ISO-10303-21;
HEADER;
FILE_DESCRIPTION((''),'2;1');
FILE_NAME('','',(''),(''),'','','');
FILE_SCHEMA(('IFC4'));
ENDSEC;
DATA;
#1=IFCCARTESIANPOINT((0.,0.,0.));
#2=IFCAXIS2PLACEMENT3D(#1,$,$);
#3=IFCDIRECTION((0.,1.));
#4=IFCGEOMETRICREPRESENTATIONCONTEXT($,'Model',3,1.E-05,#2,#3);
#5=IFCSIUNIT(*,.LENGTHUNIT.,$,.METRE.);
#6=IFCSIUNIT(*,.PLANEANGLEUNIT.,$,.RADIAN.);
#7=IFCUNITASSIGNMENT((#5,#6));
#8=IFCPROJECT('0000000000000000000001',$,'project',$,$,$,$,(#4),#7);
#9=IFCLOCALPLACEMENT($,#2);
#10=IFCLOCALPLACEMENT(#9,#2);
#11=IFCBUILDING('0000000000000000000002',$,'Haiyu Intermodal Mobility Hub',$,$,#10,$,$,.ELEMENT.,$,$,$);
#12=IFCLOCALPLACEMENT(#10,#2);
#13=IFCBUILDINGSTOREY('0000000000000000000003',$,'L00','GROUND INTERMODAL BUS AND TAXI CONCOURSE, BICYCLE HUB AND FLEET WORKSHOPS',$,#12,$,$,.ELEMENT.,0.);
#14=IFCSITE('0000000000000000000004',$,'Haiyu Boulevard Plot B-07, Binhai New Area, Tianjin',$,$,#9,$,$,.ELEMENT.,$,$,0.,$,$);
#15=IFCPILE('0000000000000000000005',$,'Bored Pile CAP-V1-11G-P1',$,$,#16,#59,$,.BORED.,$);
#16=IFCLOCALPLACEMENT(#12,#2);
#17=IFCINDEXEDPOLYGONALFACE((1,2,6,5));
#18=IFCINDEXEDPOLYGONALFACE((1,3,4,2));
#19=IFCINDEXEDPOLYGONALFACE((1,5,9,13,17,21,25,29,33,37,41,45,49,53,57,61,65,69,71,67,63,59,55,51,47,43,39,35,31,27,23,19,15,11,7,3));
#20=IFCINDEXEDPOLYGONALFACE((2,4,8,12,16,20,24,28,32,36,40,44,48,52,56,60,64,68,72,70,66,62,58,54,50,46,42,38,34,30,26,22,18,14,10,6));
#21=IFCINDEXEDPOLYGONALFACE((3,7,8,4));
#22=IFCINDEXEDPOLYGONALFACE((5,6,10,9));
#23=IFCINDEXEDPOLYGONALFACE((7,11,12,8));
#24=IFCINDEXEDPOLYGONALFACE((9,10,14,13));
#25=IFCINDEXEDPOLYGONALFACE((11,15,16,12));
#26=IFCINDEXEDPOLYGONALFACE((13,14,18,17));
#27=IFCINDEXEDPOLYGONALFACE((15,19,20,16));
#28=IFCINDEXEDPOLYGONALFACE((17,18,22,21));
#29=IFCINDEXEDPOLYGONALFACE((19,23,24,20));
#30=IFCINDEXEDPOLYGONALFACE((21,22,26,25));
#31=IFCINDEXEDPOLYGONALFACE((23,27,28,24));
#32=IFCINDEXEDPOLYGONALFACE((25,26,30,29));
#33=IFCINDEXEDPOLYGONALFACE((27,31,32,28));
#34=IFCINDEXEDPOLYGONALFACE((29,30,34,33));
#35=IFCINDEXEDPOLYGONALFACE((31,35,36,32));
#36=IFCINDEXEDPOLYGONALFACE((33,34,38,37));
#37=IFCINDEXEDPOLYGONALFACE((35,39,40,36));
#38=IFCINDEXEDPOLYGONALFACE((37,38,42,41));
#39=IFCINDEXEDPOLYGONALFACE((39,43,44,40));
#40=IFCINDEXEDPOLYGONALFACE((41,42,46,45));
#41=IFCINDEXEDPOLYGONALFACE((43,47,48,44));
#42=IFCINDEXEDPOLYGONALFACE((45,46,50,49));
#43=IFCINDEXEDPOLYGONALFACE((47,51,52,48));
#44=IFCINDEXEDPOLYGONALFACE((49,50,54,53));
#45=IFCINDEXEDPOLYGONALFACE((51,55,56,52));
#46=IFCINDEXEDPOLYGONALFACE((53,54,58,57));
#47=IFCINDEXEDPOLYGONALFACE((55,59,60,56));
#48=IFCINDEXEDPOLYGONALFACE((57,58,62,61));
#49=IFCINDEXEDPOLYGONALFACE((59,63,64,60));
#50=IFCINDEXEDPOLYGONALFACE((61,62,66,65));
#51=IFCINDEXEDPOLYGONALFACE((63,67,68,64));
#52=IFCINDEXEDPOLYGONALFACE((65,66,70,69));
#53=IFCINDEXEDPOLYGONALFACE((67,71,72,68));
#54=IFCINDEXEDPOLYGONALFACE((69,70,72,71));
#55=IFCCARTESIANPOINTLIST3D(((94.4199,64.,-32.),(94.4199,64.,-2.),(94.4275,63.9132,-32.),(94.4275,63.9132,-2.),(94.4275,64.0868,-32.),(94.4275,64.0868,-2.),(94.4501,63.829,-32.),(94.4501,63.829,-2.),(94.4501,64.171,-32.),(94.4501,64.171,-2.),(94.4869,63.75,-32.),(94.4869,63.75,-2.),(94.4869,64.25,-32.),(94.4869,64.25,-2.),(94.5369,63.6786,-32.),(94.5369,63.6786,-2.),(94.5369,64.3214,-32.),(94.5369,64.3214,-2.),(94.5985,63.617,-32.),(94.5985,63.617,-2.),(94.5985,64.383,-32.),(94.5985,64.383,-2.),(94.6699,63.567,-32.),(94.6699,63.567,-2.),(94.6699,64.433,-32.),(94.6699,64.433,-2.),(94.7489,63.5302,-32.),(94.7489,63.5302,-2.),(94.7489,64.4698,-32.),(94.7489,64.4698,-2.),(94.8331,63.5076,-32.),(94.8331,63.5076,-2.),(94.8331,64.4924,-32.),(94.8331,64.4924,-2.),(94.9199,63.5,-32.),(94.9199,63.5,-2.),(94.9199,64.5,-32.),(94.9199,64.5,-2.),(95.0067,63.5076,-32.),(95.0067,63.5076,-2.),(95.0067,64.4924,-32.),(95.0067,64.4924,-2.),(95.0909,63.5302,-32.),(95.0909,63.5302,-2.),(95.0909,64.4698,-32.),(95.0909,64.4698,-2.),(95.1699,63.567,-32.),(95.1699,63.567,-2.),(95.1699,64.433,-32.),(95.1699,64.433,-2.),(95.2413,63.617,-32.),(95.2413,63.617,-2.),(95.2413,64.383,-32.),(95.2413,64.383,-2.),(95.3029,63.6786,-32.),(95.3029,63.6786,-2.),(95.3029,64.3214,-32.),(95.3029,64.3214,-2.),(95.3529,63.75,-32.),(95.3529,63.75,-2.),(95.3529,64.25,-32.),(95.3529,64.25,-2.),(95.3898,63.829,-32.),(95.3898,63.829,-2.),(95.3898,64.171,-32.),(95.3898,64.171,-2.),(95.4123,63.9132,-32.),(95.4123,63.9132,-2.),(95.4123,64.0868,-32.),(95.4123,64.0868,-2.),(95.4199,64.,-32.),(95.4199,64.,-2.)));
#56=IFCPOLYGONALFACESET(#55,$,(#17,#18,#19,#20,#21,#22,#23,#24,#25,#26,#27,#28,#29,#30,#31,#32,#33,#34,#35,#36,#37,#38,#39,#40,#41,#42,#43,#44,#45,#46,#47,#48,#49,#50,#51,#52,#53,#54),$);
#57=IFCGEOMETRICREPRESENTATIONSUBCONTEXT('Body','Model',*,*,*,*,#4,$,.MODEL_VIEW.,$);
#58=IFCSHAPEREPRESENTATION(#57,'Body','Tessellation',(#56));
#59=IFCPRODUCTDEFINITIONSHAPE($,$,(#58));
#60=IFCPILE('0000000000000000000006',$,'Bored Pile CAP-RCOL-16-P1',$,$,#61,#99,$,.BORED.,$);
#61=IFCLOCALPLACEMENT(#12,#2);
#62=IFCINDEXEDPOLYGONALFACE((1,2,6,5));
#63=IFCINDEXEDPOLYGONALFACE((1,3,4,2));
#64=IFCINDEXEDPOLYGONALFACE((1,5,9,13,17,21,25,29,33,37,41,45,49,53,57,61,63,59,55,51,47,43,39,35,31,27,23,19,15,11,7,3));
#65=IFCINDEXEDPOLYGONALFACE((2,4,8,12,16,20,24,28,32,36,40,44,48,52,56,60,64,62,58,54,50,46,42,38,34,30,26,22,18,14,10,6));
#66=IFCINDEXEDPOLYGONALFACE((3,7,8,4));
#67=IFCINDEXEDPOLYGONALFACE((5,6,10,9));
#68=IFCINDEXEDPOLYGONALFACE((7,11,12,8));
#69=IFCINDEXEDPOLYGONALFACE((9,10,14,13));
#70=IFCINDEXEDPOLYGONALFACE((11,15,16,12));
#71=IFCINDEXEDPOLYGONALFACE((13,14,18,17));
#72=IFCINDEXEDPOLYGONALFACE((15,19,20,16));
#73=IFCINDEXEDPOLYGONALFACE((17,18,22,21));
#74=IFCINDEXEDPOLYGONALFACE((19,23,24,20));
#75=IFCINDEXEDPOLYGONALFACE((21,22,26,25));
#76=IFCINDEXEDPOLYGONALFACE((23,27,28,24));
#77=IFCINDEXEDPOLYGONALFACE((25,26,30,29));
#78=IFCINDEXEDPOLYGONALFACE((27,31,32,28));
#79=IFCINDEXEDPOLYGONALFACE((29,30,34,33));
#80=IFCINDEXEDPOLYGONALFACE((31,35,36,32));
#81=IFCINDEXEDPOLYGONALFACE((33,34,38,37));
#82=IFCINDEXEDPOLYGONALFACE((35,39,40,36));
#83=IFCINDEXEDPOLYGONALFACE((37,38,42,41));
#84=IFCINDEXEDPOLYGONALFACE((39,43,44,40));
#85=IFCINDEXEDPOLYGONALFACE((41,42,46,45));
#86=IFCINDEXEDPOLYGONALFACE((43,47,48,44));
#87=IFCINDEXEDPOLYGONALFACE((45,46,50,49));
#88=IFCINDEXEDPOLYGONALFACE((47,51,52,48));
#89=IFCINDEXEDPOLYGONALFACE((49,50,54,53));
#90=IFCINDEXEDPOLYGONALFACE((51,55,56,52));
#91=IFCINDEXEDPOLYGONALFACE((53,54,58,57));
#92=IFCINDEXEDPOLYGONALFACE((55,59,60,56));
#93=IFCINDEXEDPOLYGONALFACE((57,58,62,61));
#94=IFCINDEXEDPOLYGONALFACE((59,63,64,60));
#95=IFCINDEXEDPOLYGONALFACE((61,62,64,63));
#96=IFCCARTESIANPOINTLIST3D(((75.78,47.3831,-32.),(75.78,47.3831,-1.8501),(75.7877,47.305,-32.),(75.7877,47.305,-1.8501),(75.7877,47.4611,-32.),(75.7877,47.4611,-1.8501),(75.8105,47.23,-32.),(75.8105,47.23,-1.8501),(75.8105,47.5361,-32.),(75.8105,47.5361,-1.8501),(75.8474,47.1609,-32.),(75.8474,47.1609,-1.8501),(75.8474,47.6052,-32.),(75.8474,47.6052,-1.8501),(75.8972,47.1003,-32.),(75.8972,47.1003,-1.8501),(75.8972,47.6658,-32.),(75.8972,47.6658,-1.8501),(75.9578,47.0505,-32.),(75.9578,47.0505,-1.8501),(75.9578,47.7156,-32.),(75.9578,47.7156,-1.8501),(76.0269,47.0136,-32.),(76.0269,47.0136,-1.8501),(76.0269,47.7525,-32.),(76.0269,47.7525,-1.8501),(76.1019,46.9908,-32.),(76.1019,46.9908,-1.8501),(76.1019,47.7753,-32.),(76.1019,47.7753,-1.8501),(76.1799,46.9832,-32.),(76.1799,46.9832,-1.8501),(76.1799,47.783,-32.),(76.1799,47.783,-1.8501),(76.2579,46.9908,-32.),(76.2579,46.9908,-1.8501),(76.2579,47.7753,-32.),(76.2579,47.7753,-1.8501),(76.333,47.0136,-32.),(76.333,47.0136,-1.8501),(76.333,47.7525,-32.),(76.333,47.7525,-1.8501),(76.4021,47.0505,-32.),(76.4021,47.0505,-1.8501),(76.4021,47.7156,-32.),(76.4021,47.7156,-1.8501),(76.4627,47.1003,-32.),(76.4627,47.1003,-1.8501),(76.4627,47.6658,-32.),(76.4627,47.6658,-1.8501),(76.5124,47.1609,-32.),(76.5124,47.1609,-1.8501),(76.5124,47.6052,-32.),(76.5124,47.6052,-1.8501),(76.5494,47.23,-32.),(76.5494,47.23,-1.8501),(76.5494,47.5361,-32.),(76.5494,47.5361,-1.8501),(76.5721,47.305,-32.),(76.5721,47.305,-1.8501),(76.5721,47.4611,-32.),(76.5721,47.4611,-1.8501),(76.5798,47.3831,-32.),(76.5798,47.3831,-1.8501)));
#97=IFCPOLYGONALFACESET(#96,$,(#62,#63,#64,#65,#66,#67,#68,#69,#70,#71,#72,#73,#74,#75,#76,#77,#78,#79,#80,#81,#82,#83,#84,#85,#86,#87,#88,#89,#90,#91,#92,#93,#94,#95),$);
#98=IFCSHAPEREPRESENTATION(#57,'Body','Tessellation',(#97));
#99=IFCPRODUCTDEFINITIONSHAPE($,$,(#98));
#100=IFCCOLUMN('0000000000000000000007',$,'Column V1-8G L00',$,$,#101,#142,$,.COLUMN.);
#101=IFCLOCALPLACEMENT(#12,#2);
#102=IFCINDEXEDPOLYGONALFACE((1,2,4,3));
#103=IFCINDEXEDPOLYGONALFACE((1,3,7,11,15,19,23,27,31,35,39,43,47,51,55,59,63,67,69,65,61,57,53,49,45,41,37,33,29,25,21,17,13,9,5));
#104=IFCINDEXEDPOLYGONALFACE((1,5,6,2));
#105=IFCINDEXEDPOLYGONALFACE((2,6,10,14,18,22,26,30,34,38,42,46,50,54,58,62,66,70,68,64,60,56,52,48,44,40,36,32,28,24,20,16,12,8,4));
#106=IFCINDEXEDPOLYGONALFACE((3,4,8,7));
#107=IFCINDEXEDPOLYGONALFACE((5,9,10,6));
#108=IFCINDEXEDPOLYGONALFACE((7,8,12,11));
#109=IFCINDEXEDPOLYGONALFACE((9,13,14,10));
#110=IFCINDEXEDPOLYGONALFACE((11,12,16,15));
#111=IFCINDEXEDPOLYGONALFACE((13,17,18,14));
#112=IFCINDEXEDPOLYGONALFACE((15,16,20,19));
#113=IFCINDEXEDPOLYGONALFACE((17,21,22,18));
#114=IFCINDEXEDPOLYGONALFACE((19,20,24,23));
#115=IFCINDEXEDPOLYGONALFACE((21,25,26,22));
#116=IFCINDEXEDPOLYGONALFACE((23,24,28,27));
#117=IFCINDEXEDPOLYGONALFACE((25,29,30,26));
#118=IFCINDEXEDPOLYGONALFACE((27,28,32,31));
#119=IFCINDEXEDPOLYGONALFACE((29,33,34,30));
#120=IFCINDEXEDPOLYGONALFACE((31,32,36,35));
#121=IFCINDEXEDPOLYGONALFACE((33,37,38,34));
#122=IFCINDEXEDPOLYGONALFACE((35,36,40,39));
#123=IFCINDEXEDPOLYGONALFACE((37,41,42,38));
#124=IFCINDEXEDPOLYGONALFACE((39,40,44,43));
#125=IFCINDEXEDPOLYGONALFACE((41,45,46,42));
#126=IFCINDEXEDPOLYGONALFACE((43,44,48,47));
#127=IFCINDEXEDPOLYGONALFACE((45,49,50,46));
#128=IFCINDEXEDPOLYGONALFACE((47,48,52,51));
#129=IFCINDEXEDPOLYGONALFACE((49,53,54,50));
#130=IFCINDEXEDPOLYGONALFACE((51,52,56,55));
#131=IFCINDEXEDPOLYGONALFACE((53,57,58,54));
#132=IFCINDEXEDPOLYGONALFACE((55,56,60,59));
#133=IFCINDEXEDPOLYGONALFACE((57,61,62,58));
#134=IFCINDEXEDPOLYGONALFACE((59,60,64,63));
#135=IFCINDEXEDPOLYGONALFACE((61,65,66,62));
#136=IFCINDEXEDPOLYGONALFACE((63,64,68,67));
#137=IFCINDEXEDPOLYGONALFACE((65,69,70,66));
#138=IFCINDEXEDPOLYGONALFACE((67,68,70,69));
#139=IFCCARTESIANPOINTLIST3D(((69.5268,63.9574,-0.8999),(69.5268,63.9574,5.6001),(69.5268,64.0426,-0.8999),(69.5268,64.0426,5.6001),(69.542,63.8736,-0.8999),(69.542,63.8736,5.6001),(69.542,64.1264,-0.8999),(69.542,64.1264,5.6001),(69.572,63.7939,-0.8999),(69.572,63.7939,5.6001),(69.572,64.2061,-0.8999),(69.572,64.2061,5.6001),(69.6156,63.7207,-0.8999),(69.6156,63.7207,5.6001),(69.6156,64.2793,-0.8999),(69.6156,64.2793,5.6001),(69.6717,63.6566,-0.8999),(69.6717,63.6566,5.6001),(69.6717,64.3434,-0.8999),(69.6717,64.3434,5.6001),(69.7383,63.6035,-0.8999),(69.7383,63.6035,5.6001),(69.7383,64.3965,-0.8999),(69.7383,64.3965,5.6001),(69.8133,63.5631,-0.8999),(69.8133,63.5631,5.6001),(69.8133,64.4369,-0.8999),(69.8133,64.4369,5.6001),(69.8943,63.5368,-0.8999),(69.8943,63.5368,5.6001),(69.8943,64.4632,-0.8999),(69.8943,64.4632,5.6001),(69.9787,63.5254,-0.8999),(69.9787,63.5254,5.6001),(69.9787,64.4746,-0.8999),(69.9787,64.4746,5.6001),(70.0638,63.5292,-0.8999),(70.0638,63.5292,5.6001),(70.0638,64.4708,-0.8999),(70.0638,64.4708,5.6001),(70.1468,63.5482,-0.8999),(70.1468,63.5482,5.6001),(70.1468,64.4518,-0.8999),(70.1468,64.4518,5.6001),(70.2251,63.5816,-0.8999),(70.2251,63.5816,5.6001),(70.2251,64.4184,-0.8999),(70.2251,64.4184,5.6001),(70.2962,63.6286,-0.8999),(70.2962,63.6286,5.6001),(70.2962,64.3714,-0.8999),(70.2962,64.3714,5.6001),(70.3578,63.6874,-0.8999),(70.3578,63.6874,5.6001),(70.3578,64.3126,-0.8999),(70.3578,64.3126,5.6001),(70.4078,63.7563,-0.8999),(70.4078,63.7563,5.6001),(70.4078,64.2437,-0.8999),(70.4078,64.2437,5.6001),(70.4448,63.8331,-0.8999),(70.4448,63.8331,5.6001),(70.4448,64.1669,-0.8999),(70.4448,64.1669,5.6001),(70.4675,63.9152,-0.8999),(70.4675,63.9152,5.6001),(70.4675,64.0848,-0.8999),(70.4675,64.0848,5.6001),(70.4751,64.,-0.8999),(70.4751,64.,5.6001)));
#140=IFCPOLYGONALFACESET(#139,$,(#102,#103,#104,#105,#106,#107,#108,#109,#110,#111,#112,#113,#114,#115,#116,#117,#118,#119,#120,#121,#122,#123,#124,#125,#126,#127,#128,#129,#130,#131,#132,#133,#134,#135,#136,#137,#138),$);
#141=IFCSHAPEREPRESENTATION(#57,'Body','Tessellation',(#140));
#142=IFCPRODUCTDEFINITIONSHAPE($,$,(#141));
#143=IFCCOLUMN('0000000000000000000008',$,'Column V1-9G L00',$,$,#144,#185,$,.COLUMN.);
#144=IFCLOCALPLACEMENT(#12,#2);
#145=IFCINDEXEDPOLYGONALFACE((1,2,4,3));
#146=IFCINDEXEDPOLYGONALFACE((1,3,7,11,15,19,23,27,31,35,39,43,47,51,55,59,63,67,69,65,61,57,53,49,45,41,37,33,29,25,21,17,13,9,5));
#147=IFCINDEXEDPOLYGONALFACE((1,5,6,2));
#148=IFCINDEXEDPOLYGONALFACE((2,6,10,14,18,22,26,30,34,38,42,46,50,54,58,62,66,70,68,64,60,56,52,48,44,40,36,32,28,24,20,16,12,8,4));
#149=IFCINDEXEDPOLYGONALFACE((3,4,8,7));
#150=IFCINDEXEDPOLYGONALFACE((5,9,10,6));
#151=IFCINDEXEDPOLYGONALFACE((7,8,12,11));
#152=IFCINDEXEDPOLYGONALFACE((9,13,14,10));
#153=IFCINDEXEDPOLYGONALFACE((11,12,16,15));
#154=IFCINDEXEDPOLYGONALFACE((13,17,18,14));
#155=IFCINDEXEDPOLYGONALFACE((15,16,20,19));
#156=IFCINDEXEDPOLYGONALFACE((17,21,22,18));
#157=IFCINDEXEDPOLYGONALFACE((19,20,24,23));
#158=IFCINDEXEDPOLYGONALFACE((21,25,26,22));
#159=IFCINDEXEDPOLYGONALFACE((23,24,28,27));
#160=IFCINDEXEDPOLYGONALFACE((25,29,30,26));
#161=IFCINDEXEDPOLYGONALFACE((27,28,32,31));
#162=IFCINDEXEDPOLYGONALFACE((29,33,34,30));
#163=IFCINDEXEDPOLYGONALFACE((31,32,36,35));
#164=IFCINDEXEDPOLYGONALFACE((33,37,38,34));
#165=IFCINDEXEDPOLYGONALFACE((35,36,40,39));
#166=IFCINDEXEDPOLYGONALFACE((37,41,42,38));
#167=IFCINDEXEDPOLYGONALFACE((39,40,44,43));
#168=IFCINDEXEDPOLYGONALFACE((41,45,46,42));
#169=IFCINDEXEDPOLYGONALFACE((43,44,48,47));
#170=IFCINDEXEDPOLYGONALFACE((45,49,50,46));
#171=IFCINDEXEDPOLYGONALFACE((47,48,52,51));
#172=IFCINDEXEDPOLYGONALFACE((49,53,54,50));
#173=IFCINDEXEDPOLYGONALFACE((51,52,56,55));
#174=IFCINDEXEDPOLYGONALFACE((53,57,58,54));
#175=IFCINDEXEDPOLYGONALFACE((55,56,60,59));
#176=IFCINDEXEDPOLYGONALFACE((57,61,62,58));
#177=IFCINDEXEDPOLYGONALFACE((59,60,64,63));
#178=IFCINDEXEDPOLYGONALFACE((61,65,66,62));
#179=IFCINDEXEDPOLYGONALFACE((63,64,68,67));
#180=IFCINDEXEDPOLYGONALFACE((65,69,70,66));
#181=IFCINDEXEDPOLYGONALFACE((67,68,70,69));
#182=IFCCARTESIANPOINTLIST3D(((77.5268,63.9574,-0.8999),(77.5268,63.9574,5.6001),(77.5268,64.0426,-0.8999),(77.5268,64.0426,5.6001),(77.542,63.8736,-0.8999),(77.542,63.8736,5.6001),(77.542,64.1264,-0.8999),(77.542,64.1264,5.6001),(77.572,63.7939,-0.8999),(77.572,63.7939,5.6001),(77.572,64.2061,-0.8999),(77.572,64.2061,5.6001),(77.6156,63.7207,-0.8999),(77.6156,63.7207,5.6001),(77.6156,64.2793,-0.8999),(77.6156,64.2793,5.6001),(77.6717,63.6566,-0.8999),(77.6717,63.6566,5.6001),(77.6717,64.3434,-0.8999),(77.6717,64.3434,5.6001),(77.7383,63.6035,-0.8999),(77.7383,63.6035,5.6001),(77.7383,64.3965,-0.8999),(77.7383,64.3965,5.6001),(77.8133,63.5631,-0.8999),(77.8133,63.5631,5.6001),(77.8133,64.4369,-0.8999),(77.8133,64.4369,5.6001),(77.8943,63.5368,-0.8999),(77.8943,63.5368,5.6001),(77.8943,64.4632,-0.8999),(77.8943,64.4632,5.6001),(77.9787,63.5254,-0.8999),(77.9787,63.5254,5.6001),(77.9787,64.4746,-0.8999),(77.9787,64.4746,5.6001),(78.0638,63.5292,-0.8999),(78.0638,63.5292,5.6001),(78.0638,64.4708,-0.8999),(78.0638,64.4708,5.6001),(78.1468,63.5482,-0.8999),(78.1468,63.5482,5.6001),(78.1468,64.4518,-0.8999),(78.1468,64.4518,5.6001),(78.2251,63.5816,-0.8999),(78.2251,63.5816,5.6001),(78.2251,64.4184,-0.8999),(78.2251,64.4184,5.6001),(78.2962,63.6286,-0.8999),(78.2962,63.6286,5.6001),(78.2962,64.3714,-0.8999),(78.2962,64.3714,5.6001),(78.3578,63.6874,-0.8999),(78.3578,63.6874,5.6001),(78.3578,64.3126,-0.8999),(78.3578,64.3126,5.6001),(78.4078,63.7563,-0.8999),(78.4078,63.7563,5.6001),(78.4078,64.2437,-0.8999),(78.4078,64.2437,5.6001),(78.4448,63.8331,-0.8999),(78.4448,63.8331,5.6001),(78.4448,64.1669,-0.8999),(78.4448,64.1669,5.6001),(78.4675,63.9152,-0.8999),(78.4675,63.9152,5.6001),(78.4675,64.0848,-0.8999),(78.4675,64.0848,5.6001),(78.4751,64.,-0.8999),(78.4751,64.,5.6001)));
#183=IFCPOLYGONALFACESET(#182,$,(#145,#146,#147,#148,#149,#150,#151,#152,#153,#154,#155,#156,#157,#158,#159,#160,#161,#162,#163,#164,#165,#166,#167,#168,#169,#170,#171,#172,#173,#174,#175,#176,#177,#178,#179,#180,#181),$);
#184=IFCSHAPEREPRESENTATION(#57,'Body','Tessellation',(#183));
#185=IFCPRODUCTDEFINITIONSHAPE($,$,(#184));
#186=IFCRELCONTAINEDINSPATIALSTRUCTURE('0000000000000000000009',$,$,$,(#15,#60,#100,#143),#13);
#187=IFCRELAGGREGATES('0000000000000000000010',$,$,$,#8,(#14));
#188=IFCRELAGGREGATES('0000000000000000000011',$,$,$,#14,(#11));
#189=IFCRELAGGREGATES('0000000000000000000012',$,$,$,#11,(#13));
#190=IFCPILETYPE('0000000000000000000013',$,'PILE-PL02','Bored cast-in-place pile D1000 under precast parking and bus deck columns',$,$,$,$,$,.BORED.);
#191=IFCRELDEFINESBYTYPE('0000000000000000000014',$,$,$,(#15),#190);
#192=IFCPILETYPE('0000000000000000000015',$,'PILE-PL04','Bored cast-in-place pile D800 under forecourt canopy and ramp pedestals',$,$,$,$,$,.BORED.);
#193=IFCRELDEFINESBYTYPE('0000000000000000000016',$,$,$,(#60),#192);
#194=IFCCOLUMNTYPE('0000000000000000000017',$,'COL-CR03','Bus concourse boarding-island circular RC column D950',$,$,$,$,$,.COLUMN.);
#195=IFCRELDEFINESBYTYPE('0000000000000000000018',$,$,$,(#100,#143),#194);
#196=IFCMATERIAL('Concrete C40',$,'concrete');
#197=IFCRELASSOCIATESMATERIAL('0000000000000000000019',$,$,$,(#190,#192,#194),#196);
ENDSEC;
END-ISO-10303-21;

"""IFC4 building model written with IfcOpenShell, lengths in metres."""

from ifc_helpers import new_model, si_unit, direction, frame, origin, origin_2d, place, context, subcontext, project, spatial, circle, extrude, material, material_profile, profile_set, type_object, element, save


model = new_model("IFC4")

# Units and contexts
model_context = context("Model", 3, precision=1e-05, world=origin(), true_north=direction((0.0, 1.0)))
body_context = subcontext(model_context, "Body", "Model", "MODEL_VIEW")
ifc_project = project(units=[si_unit("LENGTHUNIT", "METRE"), si_unit("PLANEANGLEUNIT", "RADIAN")], contexts=[model_context])

# Site, building, storey
site_placement = place(None, origin())
site = spatial("IfcSite", under=ifc_project, at=site_placement, Name="Haiyu Boulevard Plot B-07, Binhai New Area, Tianjin", CompositionType="ELEMENT", RefElevation=0.0)
building_placement = place(site_placement, origin())
building = spatial("IfcBuilding", under=site, at=building_placement, Name="Haiyu Intermodal Mobility Hub", CompositionType="ELEMENT")
storey_placement = place(building_placement, origin())
storey = spatial("IfcBuildingStorey", under=building, at=storey_placement, Name="L00", Description="GROUND INTERMODAL BUS AND TAXI CONCOURSE, BICYCLE HUB AND FLEET WORKSHOPS", CompositionType="ELEMENT", Elevation=0.0)

# Shared definitions
ifc_material_1 = material(Name="Concrete C40", Category="concrete")

# Piles
ifc_material_profile_1 = material_profile(ifc_material_1, circle(Radius=0.5, at=origin_2d()), Name="PILE-D1000")
ifc_profile_set_1 = profile_set([ifc_material_profile_1], Name="Concrete C40")
pile_type_1 = type_object("IfcPileType", Name="PILE-PL02", Description="Bored cast-in-place pile D1000 under precast parking and bus deck columns", PredefinedType="BORED", material=ifc_profile_set_1)
for number, where, z_axis, x_axis, name in (
    (1, (94.9199, 64.0, -2.0), (0.0, 0.0, -1.0), (1.0, 0.0, 0.0), "Bored Pile CAP-V1-11G-P1"),
):
    element("IfcPile", number, at=place(storey_placement, frame(where, z_axis=z_axis, x_axis=x_axis)), inside=storey, type_object=pile_type_1, Name=name, PredefinedType="BORED", context=body_context, shape_type="SweptSolid", body=[
        extrude(circle(Radius=0.5, at=origin_2d()), origin(), (0.0, 0.0, 1.0), 30.0),
    ])
ifc_material_profile_2 = material_profile(ifc_material_1, circle(Radius=0.3999, at=origin_2d()), Name="PILE-D800")
ifc_profile_set_2 = profile_set([ifc_material_profile_2], Name="Concrete C40")
pile_type_2 = type_object("IfcPileType", Name="PILE-PL04", Description="Bored cast-in-place pile D800 under forecourt canopy and ramp pedestals", PredefinedType="BORED", material=ifc_profile_set_2)
pile_placement = place(storey_placement, frame((76.1799, 47.3831, -1.8501), z_axis=(0.0, 0.0, -1.0), x_axis=(1.0, 0.0, 0.0)))
element("IfcPile", 2, at=pile_placement, inside=storey, type_object=pile_type_2, Name="Bored Pile CAP-RCOL-16-P1", PredefinedType="BORED", context=body_context, shape_type="SweptSolid", body=[
    extrude(circle(Radius=0.3999, at=origin_2d()), origin(), (0.0, 0.0, 1.0), 30.1499),
])

# Columns
ifc_material_profile_3 = material_profile(ifc_material_1, circle(Radius=0.4751, at=origin_2d()), Name="RCCOL-D950")
ifc_profile_set_3 = profile_set([ifc_material_profile_3], Name="Concrete C40")
column_type_1 = type_object("IfcColumnType", Name="COL-CR03", Description="Bus concourse boarding-island circular RC column D950", PredefinedType="COLUMN", material=ifc_profile_set_3)
for number, where, z_axis, x_axis, name in (
    (3, (70.0, 64.0, -0.8999), (0.0, 0.0, 1.0), (1.0, 0.0, 0.0), "Column V1-8G L00"),
    (4, (78.0, 64.0, -0.8999), (0.0, 0.0, 1.0), (1.0, 0.0, 0.0), "Column V1-9G L00"),
):
    element("IfcColumn", number, at=place(storey_placement, frame(where, z_axis=z_axis, x_axis=x_axis)), inside=storey, type_object=column_type_1, Name=name, PredefinedType="COLUMN", context=body_context, shape_type="SweptSolid", body=[
        extrude(circle(Radius=0.4751, at=origin_2d()), origin(), (0.0, 0.0, 1.0), 6.5),
    ])

save(model, "model.ifc")
